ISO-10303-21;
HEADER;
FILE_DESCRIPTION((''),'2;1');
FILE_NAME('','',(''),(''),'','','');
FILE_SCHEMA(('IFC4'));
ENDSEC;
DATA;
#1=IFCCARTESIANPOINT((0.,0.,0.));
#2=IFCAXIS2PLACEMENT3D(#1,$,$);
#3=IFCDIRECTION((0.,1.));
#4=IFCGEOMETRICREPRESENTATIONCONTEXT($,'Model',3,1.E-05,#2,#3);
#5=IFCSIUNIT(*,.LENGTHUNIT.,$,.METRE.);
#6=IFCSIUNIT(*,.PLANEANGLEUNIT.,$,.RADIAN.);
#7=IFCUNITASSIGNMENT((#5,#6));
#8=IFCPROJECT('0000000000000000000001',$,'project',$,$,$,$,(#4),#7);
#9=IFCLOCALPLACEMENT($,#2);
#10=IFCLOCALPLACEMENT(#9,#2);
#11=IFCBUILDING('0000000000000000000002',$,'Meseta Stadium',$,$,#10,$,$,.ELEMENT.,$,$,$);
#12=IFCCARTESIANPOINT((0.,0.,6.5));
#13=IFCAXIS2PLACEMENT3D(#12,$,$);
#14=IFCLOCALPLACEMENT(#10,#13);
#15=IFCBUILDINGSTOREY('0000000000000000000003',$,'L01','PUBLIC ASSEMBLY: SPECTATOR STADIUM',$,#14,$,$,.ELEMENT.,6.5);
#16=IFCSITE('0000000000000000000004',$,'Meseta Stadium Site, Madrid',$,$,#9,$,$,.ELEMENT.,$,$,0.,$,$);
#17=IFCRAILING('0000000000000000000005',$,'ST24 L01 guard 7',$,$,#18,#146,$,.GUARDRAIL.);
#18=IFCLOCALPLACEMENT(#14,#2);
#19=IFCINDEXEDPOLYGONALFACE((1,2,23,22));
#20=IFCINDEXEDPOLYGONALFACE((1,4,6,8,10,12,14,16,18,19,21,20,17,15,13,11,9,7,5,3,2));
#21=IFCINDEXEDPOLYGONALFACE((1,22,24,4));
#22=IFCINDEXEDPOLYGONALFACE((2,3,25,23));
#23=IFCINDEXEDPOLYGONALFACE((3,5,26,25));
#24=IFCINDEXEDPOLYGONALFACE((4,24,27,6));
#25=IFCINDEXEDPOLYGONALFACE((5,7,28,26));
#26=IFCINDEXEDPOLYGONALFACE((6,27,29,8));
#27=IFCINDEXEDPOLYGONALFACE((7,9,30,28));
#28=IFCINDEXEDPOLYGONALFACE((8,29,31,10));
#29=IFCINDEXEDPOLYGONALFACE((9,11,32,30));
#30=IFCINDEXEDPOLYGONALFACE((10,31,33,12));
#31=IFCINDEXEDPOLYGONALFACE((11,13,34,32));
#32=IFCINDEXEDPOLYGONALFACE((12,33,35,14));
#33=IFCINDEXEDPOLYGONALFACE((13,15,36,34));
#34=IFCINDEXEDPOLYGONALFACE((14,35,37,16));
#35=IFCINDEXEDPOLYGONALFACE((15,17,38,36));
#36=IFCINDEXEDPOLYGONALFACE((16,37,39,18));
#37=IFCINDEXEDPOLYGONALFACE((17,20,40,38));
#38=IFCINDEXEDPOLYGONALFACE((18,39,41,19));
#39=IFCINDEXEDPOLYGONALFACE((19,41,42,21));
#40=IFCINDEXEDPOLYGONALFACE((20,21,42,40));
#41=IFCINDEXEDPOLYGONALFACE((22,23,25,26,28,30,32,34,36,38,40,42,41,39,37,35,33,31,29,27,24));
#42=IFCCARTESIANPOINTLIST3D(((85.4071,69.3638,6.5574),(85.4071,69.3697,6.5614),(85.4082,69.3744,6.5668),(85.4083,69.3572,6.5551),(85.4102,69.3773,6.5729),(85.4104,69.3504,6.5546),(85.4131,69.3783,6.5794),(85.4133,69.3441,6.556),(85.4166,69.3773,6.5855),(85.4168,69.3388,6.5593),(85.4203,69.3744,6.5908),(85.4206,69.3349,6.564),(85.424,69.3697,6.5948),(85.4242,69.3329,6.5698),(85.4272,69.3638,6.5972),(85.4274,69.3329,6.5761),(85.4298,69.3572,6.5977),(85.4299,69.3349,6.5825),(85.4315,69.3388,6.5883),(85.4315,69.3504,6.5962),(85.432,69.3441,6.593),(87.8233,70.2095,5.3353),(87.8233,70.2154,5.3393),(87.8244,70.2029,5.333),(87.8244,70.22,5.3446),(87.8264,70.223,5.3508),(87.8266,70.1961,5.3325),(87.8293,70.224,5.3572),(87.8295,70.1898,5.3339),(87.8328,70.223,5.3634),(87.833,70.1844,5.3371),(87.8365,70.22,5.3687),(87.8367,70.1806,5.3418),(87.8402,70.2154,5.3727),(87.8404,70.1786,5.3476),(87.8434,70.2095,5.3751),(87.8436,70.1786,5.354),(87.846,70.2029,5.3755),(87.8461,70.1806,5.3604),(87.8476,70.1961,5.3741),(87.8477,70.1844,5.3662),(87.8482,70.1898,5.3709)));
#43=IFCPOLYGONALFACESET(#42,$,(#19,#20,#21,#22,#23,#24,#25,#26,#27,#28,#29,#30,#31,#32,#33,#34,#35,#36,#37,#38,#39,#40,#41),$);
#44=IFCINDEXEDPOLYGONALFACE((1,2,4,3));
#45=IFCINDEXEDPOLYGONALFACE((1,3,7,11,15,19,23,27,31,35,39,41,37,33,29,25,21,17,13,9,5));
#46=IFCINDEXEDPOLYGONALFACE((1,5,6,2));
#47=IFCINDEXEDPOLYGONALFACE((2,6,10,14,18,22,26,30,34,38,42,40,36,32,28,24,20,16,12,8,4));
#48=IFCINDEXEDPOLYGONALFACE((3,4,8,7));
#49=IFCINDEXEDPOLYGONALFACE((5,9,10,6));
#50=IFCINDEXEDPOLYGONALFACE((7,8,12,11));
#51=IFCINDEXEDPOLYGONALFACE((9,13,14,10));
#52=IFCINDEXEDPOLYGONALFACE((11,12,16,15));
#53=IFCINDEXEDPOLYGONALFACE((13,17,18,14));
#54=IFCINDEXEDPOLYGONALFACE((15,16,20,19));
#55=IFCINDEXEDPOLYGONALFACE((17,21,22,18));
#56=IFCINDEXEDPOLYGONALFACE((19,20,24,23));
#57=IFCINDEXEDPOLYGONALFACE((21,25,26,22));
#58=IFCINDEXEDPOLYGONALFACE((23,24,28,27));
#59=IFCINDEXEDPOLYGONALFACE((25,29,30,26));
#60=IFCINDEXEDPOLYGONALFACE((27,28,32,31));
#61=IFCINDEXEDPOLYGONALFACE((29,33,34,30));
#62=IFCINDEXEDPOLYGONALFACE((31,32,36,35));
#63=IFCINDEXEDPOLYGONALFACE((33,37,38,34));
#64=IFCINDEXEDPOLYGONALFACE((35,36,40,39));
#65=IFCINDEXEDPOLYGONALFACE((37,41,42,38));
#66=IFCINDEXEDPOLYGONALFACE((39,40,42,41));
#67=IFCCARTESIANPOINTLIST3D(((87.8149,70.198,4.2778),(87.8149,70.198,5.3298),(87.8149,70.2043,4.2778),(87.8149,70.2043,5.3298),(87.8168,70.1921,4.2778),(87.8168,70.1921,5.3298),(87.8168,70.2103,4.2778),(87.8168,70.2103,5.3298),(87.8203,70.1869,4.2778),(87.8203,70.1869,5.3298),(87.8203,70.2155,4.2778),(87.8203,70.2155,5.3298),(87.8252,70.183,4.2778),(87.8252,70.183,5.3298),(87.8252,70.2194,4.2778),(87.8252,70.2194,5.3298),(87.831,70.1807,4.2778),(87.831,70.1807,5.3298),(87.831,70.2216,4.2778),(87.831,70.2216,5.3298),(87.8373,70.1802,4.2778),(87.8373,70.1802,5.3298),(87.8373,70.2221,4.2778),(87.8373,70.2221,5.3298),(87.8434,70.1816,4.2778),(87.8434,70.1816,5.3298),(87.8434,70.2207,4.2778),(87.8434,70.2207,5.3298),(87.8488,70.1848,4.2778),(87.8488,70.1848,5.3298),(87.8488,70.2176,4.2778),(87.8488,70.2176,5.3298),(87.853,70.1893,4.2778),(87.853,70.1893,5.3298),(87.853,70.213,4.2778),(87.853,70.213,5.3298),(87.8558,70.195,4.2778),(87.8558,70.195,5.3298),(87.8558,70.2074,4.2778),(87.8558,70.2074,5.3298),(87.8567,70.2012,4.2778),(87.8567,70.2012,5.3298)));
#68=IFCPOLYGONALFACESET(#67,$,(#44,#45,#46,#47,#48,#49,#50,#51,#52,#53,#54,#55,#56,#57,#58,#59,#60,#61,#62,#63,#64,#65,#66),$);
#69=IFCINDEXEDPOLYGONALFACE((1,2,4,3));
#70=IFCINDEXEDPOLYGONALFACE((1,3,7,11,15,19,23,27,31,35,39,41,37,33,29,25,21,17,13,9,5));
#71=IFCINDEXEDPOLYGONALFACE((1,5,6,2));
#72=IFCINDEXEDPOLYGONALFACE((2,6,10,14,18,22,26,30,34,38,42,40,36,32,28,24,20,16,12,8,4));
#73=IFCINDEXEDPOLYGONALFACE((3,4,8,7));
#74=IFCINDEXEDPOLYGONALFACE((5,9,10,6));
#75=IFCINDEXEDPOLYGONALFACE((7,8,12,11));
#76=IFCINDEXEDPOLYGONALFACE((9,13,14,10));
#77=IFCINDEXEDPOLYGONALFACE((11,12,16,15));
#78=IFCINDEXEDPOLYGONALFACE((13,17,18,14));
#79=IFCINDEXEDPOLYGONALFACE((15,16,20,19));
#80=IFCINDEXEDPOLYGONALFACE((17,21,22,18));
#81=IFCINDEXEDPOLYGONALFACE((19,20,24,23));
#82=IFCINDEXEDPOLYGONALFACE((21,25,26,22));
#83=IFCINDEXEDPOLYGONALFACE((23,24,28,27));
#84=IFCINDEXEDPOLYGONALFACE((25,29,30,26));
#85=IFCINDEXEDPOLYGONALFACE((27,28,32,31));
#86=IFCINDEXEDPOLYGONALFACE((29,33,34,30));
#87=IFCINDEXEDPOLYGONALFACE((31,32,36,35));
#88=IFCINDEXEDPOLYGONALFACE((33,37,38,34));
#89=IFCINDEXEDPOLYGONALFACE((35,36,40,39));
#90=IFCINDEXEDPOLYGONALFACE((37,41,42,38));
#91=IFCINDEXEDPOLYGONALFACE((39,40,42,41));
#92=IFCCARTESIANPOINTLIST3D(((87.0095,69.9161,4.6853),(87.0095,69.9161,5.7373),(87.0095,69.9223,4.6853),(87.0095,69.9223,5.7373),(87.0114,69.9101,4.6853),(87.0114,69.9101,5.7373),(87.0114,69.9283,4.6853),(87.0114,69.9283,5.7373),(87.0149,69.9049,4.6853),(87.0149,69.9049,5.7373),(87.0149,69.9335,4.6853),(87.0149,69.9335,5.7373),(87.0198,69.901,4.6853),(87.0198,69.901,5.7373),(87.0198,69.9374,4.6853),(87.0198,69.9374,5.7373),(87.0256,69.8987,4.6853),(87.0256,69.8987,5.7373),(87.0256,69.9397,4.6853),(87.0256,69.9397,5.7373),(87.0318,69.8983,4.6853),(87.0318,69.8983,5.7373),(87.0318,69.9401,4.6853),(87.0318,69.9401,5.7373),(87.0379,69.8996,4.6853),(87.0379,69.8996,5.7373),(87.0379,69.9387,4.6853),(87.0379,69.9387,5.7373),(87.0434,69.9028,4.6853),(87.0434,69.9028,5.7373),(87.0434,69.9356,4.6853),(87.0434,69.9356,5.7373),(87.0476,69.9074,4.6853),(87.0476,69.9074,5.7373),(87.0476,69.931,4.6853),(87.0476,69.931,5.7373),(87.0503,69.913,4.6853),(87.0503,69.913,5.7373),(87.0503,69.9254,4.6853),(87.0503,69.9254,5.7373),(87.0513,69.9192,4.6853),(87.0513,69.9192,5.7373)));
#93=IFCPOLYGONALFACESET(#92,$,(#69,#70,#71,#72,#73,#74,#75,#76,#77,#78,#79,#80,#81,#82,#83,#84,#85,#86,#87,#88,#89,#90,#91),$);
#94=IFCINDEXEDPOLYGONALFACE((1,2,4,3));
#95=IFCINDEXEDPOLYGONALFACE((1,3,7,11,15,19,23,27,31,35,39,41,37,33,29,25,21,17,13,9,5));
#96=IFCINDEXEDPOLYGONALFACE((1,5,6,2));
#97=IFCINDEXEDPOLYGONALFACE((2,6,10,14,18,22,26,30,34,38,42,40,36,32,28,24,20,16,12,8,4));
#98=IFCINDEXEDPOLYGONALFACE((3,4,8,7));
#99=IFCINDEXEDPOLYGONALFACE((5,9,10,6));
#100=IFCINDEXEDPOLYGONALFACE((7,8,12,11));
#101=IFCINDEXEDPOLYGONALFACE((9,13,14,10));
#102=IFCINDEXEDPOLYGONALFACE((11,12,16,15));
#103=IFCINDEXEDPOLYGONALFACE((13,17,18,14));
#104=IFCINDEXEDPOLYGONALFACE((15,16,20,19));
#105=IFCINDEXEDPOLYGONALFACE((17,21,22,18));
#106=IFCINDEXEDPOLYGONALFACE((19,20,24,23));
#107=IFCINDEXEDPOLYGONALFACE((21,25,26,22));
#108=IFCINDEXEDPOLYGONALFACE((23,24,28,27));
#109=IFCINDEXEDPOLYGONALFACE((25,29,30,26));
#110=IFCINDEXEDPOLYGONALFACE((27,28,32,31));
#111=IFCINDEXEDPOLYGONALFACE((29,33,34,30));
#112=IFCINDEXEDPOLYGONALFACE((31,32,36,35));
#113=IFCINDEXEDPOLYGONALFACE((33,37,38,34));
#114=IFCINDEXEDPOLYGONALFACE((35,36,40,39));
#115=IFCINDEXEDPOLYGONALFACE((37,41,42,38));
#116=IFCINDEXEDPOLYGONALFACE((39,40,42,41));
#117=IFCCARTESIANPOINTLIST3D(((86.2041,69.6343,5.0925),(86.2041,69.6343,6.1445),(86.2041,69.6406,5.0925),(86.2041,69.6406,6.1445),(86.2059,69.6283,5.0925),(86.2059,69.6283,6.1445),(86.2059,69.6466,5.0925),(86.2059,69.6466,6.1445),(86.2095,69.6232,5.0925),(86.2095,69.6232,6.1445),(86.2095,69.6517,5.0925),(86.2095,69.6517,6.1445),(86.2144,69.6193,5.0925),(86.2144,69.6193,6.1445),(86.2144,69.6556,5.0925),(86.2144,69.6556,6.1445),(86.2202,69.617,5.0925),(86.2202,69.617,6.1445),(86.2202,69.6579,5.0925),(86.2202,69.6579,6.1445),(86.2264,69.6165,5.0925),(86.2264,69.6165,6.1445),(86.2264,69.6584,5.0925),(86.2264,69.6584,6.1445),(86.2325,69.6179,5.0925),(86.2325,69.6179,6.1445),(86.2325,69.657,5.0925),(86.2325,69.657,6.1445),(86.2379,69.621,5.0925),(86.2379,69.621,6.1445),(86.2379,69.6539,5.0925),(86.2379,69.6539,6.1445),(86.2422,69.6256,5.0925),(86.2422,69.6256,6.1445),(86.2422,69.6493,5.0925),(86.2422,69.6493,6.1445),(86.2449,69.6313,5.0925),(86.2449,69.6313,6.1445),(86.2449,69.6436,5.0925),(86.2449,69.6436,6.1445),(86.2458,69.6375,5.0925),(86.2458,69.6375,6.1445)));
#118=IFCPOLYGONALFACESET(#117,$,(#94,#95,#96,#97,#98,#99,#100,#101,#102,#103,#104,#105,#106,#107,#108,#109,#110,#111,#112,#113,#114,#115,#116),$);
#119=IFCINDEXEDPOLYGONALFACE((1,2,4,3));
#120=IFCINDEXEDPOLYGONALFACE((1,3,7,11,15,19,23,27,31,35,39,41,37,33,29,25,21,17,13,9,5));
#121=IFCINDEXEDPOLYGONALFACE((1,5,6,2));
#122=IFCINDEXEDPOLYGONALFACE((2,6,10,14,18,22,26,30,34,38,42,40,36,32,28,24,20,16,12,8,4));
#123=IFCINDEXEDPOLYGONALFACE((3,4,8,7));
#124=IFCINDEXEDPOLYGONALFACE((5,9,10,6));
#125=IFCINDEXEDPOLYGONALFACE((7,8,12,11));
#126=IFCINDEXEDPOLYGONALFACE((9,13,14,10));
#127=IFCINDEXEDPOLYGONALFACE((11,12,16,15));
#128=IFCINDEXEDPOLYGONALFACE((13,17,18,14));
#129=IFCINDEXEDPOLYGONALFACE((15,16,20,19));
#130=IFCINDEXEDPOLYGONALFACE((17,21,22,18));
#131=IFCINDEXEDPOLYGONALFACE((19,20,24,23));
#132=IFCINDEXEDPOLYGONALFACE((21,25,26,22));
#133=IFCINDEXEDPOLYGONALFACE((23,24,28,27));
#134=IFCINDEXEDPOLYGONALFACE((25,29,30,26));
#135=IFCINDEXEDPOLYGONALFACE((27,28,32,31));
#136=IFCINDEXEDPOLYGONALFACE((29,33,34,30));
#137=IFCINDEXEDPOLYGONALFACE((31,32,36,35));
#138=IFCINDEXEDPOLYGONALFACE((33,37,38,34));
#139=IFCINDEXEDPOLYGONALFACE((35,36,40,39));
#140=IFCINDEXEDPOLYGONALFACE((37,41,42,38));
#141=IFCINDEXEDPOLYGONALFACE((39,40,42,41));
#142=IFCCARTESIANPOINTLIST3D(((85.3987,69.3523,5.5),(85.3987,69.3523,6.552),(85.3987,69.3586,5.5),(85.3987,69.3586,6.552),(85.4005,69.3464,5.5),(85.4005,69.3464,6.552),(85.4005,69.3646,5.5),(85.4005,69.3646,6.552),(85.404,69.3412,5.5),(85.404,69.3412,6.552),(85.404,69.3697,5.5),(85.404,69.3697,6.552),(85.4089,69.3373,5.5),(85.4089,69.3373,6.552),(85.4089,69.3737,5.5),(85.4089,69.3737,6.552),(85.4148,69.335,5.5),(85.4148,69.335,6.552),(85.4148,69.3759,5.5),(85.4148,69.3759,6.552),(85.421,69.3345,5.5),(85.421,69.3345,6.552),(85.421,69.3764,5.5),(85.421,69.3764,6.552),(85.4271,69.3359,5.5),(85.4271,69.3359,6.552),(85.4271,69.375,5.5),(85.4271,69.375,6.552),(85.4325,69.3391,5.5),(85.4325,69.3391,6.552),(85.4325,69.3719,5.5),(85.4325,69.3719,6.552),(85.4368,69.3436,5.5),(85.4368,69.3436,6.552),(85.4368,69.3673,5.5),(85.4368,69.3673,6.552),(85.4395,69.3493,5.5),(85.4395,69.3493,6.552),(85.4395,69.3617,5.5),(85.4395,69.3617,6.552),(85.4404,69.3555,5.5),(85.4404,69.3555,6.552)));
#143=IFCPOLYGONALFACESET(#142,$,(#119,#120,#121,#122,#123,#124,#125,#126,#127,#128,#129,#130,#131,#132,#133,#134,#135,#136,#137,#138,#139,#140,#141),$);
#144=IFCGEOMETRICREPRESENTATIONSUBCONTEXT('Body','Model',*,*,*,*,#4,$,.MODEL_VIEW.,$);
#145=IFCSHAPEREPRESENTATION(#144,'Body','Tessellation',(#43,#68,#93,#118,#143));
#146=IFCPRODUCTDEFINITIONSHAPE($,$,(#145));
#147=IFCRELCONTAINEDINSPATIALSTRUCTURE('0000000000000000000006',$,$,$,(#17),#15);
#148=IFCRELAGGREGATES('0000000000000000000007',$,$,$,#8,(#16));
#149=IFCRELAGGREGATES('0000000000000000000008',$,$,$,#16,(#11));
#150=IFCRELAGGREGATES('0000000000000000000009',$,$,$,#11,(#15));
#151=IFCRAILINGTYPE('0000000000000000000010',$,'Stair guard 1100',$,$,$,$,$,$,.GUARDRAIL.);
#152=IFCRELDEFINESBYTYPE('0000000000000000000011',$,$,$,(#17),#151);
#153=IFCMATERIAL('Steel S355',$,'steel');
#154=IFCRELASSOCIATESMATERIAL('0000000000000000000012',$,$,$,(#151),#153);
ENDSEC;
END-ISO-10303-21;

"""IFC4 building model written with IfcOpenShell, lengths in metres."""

from ifc_helpers import new_model, si_unit, direction, frame, origin, origin_2d, place, context, subcontext, project, spatial, circle, extrude, material, type_object, element, save


model = new_model("IFC4")

# Units and contexts
model_context = context("Model", 3, precision=1e-05, world=origin(), true_north=direction((0.0, 1.0)))
body_context = subcontext(model_context, "Body", "Model", "MODEL_VIEW")
ifc_project = project(units=[si_unit("LENGTHUNIT", "METRE"), si_unit("PLANEANGLEUNIT", "RADIAN")], contexts=[model_context])

# Site, building, storey
site_placement = place(None, origin())
site = spatial("IfcSite", under=ifc_project, at=site_placement, Name="Meseta Stadium Site, Madrid", CompositionType="ELEMENT", RefElevation=0.0)
building_placement = place(site_placement, origin())
building = spatial("IfcBuilding", under=site, at=building_placement, Name="Meseta Stadium", CompositionType="ELEMENT")
storey_placement = place(building_placement, frame((0.0, 0.0, 6.5)))
storey = spatial("IfcBuildingStorey", under=building, at=storey_placement, Name="L01", Description="PUBLIC ASSEMBLY: SPECTATOR STADIUM", CompositionType="ELEMENT", Elevation=6.5)

# Railing
ifc_material_1 = material(Name="Steel S355", Category="steel")
railing_type = type_object("IfcRailingType", Name="Stair guard 1100", PredefinedType="GUARDRAIL", material=ifc_material_1)
railing_placement = place(storey_placement, frame((87.8357, 70.2012, 4.2778)))
element("IfcRailing", 1, at=railing_placement, inside=storey, type_object=railing_type, Name="ST24 L01 guard 7", PredefinedType="GUARDRAIL", context=body_context, shape_type="SweptSolid", body=[
    extrude(circle(Radius=0.0239, at=origin_2d()), frame((0.0, 0.0, 1.0762), z_axis=(-0.851767, -0.298123, 0.430832), x_axis=(0.330355, -0.943857, 0.0)), (0.0, 0.0, 1.0), 2.8367),
    extrude(circle(Radius=0.021, at=origin_2d()), origin(), (0.0, 0.0, 1.0), 1.052),
    extrude(circle(Radius=0.021, at=origin_2d()), frame((-0.8054, -0.282, 0.4075)), (0.0, 0.0, 1.0), 1.052),
    extrude(circle(Radius=0.021, at=origin_2d()), frame((-1.6108, -0.5637, 0.8147)), (0.0, 0.0, 1.0), 1.052),
    extrude(circle(Radius=0.021, at=origin_2d()), frame((-2.4163, -0.8457, 1.2222)), (0.0, 0.0, 1.0), 1.052),
])

save(model, "model.ifc")
